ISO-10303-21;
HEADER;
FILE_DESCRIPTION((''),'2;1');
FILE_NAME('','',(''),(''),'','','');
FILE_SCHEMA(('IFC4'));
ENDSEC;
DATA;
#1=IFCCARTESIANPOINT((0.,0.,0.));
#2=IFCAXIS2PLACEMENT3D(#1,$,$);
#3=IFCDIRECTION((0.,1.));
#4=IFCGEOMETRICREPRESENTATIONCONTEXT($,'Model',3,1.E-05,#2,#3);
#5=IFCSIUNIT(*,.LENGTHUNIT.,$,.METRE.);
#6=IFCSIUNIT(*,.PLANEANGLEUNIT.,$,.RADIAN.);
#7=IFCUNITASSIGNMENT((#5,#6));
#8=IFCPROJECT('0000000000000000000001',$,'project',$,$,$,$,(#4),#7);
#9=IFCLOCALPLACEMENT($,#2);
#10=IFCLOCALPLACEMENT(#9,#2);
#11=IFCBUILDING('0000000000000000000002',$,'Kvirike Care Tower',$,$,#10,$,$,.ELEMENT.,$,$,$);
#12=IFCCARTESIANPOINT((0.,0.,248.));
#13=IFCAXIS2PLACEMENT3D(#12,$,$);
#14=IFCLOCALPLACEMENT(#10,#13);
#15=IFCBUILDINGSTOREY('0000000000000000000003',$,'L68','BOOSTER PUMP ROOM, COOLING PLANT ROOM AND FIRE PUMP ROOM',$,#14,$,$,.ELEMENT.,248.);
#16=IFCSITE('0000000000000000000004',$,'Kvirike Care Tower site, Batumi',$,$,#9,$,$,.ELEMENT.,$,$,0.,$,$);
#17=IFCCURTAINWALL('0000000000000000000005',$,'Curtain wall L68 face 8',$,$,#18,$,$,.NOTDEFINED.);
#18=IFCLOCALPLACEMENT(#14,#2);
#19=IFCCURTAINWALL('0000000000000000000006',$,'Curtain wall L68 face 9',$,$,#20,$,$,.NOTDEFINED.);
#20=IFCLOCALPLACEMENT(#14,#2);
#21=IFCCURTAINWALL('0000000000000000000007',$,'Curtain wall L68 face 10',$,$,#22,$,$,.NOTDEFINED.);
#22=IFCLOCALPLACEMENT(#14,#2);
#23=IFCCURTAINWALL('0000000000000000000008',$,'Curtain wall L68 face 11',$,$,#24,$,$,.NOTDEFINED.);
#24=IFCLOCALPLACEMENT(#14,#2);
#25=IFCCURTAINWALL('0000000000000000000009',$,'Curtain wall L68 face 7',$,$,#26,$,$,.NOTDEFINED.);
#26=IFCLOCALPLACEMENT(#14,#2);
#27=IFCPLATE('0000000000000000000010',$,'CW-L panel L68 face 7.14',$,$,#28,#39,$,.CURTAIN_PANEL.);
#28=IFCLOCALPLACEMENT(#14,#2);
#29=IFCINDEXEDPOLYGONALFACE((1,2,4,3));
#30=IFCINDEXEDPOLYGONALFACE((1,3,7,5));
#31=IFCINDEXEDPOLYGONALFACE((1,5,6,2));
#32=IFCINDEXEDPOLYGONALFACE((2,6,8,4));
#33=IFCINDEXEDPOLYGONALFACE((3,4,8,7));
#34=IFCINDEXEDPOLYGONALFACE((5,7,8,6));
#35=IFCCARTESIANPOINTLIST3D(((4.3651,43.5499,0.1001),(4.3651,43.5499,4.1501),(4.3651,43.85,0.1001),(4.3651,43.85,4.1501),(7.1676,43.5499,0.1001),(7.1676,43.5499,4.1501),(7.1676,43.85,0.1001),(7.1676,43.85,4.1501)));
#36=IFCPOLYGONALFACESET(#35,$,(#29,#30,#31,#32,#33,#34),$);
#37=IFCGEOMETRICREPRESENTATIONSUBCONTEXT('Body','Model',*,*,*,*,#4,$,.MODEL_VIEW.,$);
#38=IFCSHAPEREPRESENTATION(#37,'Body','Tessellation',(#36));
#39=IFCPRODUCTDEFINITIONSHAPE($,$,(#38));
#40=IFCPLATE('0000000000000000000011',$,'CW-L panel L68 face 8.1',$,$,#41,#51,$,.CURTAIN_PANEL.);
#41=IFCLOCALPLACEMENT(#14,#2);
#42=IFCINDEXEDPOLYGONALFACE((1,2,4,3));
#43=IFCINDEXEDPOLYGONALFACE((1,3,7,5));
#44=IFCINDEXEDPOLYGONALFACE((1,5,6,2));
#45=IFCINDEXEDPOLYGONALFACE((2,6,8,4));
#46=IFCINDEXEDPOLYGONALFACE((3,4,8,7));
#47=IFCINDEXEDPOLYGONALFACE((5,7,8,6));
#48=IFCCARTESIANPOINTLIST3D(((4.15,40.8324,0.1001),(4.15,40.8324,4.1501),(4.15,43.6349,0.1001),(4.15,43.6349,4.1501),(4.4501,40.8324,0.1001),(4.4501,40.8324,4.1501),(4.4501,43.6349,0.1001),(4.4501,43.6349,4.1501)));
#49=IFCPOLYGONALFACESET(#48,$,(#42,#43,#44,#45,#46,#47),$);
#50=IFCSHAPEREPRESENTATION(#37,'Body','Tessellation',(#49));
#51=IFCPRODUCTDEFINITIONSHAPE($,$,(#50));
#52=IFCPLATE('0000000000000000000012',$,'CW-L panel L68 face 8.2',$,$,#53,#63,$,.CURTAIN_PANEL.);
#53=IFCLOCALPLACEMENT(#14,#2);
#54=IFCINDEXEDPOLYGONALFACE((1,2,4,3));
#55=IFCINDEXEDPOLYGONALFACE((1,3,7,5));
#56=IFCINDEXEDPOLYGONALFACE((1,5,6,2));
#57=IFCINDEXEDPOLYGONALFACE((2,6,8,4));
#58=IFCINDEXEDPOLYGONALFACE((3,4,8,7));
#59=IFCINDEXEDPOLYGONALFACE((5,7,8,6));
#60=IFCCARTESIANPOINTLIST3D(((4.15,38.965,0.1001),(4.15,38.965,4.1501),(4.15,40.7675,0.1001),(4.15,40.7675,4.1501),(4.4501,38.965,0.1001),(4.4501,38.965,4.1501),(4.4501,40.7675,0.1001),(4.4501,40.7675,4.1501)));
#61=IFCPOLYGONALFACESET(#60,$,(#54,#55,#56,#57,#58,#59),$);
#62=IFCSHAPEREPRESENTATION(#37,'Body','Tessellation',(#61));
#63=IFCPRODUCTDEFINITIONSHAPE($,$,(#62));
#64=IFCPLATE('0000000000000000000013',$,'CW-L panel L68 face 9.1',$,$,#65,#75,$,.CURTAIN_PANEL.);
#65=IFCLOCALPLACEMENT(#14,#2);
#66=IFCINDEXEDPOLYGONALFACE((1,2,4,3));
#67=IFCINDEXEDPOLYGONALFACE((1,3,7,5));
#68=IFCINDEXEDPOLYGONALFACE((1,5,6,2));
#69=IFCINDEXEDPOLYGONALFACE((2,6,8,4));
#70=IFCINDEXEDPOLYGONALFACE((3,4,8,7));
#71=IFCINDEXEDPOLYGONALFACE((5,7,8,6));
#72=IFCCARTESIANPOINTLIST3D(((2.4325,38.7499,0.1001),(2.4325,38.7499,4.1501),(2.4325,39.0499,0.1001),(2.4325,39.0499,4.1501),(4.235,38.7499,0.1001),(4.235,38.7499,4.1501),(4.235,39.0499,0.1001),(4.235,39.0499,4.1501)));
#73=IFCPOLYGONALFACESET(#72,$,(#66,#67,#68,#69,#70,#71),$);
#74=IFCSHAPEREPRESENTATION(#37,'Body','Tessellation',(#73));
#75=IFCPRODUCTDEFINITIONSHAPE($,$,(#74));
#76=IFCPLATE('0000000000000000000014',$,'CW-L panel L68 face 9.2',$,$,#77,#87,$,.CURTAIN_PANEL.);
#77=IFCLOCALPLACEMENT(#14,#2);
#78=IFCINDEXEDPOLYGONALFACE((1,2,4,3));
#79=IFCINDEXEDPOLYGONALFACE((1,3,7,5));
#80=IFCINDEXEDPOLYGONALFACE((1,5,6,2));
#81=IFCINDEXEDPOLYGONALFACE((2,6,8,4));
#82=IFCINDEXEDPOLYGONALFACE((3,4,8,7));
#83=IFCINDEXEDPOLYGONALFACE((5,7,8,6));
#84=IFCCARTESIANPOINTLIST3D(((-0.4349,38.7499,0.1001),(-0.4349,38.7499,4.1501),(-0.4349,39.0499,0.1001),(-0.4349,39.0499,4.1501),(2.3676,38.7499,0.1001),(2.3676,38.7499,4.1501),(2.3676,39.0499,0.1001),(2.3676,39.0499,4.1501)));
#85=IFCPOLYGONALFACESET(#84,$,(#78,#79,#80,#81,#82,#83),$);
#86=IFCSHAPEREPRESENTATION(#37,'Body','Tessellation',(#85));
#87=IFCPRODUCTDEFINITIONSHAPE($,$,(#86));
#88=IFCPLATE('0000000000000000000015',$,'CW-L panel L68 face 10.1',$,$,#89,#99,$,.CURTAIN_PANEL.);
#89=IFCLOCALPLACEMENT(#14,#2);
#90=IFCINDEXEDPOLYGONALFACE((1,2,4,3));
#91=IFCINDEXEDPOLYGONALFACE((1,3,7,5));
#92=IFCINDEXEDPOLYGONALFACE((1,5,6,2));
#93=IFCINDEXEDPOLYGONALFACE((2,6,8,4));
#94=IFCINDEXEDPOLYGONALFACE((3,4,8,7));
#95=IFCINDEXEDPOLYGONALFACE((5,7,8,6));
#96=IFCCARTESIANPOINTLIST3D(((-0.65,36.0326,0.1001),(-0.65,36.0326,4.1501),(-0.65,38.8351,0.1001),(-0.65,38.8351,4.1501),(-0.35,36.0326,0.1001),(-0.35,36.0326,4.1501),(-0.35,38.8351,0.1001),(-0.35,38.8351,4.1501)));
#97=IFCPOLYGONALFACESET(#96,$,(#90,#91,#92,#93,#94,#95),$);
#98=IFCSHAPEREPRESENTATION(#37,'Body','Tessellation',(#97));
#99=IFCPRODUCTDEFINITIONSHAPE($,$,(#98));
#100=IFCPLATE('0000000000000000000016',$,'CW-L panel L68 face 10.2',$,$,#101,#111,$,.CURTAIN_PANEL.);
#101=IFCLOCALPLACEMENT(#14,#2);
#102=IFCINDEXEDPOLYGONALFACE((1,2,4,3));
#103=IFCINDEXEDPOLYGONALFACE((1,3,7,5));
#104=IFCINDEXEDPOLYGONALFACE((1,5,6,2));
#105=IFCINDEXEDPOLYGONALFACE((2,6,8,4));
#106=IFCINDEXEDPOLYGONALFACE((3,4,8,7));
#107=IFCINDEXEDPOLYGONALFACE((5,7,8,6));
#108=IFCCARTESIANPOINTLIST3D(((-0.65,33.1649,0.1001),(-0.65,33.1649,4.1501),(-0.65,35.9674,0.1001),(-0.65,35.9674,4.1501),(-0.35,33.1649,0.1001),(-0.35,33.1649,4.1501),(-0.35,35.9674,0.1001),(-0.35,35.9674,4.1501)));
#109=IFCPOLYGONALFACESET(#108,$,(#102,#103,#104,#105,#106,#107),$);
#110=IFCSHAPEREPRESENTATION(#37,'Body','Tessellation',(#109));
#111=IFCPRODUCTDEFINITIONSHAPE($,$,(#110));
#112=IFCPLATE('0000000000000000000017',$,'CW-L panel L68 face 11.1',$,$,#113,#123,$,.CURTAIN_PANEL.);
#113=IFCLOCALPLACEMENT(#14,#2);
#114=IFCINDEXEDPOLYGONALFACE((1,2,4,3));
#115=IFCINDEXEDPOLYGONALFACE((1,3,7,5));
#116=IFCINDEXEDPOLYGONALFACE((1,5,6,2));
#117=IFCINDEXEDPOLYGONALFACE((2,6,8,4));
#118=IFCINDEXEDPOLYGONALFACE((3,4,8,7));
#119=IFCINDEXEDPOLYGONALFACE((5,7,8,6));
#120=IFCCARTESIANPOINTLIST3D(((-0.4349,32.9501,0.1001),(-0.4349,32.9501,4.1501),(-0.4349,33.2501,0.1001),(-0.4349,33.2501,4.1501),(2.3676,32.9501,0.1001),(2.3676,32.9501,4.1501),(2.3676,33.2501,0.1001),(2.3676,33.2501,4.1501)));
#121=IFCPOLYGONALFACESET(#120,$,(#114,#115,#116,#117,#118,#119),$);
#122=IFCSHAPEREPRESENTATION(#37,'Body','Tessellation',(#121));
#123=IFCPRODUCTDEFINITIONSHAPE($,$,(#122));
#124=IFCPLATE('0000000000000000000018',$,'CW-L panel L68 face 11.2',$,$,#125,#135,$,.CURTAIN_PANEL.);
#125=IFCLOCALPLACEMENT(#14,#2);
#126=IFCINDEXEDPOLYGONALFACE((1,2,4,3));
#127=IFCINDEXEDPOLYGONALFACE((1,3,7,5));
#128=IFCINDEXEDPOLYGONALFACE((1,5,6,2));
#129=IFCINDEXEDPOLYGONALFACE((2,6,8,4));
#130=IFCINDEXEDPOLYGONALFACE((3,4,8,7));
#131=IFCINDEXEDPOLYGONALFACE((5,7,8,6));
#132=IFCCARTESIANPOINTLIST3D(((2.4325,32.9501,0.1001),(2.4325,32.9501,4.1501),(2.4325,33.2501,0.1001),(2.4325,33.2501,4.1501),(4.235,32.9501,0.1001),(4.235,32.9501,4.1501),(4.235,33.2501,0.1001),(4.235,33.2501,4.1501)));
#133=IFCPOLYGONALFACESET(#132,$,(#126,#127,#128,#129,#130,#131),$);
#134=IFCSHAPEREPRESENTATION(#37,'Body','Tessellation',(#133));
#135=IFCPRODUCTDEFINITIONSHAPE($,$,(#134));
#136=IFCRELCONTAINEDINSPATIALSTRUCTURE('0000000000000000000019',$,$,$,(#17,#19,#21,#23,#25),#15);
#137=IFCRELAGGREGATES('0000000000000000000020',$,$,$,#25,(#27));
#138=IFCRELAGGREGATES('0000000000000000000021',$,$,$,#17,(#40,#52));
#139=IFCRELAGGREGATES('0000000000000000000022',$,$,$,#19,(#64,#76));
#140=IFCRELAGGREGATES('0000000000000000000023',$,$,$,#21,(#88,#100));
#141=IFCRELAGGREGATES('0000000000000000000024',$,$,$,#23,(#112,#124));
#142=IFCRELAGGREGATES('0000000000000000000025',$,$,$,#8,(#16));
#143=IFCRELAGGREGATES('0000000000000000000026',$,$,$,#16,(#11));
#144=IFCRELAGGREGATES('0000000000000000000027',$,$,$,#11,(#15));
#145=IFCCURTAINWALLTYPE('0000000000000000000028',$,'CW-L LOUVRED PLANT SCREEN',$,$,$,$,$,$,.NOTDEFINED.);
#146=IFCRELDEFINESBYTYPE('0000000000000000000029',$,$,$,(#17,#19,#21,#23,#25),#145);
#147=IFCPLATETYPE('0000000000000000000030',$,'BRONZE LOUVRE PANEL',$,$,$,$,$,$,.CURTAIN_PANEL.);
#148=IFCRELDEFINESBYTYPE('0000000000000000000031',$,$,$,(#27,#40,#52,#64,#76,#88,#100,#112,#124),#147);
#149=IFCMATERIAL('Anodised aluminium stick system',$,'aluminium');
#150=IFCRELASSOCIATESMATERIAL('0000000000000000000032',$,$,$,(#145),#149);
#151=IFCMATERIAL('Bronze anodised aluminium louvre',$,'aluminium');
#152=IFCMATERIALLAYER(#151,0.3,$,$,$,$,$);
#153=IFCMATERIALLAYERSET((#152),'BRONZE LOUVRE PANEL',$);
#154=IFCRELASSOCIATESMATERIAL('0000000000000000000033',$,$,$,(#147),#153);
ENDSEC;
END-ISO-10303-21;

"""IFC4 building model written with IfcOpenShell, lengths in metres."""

from ifc_helpers import new_model, si_unit, direction, frame, origin, origin_2d, place, context, subcontext, project, spatial, rectangle, extrude, material, layer, layer_set, type_object, element, aggregate, save


model = new_model("IFC4")

# Units and contexts
model_context = context("Model", 3, precision=1e-05, world=origin(), true_north=direction((0.0, 1.0)))
body_context = subcontext(model_context, "Body", "Model", "MODEL_VIEW")
ifc_project = project(units=[si_unit("LENGTHUNIT", "METRE"), si_unit("PLANEANGLEUNIT", "RADIAN")], contexts=[model_context])

# Site, building, storey
site_placement = place(None, origin())
site = spatial("IfcSite", under=ifc_project, at=site_placement, Name="Kvirike Care Tower site, Batumi", CompositionType="ELEMENT", RefElevation=0.0)
building_placement = place(site_placement, origin())
building = spatial("IfcBuilding", under=site, at=building_placement, Name="Kvirike Care Tower", CompositionType="ELEMENT")
storey_placement = place(building_placement, frame((0.0, 0.0, 248.0)))
storey = spatial("IfcBuildingStorey", under=building, at=storey_placement, Name="L68", Description="BOOSTER PUMP ROOM, COOLING PLANT ROOM AND FIRE PUMP ROOM", CompositionType="ELEMENT", Elevation=248.0)

# Curtain walls
ifc_material_1 = material(Name="Anodised aluminium stick system", Category="aluminium")
curtain_wall_type = type_object("IfcCurtainWallType", Name="CW-L LOUVRED PLANT SCREEN", PredefinedType="NOTDEFINED", material=ifc_material_1)
curtain_wall_1_placement = place(storey_placement, origin())
curtain_wall_1 = element("IfcCurtainWall", 1, at=curtain_wall_1_placement, inside=storey, type_object=curtain_wall_type, Name="Curtain wall L68 face 8", PredefinedType="NOTDEFINED")
curtain_wall_2_placement = place(storey_placement, origin())
curtain_wall_2 = element("IfcCurtainWall", 2, at=curtain_wall_2_placement, inside=storey, type_object=curtain_wall_type, Name="Curtain wall L68 face 9", PredefinedType="NOTDEFINED")
curtain_wall_3_placement = place(storey_placement, origin())
curtain_wall_3 = element("IfcCurtainWall", 3, at=curtain_wall_3_placement, inside=storey, type_object=curtain_wall_type, Name="Curtain wall L68 face 10", PredefinedType="NOTDEFINED")
curtain_wall_4_placement = place(storey_placement, origin())
curtain_wall_4 = element("IfcCurtainWall", 4, at=curtain_wall_4_placement, inside=storey, type_object=curtain_wall_type, Name="Curtain wall L68 face 11", PredefinedType="NOTDEFINED")

# Curtain wall, plate
curtain_wall_5_placement = place(storey_placement, origin())
curtain_wall_5 = element("IfcCurtainWall", 5, at=curtain_wall_5_placement, inside=storey, type_object=curtain_wall_type, Name="Curtain wall L68 face 7", PredefinedType="NOTDEFINED")
ifc_material_2 = material(Name="Bronze anodised aluminium louvre", Category="aluminium")
ifc_layer = layer(ifc_material_2, 0.3)
ifc_layer_set = layer_set([ifc_layer], Name="BRONZE LOUVRE PANEL")
plate_type = type_object("IfcPlateType", Name="BRONZE LOUVRE PANEL", PredefinedType="CURTAIN_PANEL", material=ifc_layer_set)
plate_1_placement = place(storey_placement, frame((5.7664, 43.7, 0.1001), z_axis=(0.0, 0.0, 1.0), x_axis=(-1.0, 0.0, 0.0)))
plate_1 = element("IfcPlate", 6, at=plate_1_placement, type_object=plate_type, Name="CW-L panel L68 face 7.14", PredefinedType="CURTAIN_PANEL", context=body_context, shape_type="SweptSolid", body=[
    extrude(rectangle(XDim=2.8025, YDim=0.3, at=origin_2d()), origin(), (0.0, 0.0, 1.0), 4.05),
])
aggregate(curtain_wall_5, [plate_1])

# Plates
plate_2_placement = place(storey_placement, frame((4.3, 42.2336, 0.1001), z_axis=(0.0, 0.0, 1.0), x_axis=(0.0, -1.0, 0.0)))
plate_2 = element("IfcPlate", 7, at=plate_2_placement, type_object=plate_type, Name="CW-L panel L68 face 8.1", PredefinedType="CURTAIN_PANEL", context=body_context, shape_type="SweptSolid", body=[
    extrude(rectangle(XDim=2.8025, YDim=0.3, at=origin_2d()), origin(), (0.0, 0.0, 1.0), 4.05),
])
plate_3_placement = place(storey_placement, frame((4.3, 39.8662, 0.1001), z_axis=(0.0, 0.0, 1.0), x_axis=(0.0, -1.0, 0.0)))
plate_3 = element("IfcPlate", 8, at=plate_3_placement, type_object=plate_type, Name="CW-L panel L68 face 8.2", PredefinedType="CURTAIN_PANEL", context=body_context, shape_type="SweptSolid", body=[
    extrude(rectangle(XDim=1.8025, YDim=0.3, at=origin_2d()), origin(), (0.0, 0.0, 1.0), 4.05),
])
aggregate(curtain_wall_1, [plate_2, plate_3])
plate_4_placement = place(storey_placement, frame((3.3337, 38.8999, 0.1001), z_axis=(0.0, 0.0, 1.0), x_axis=(-1.0, 0.0, 0.0)))
plate_4 = element("IfcPlate", 9, at=plate_4_placement, type_object=plate_type, Name="CW-L panel L68 face 9.1", PredefinedType="CURTAIN_PANEL", context=body_context, shape_type="SweptSolid", body=[
    extrude(rectangle(XDim=1.8025, YDim=0.3, at=origin_2d()), origin(), (0.0, 0.0, 1.0), 4.05),
])
plate_5_placement = place(storey_placement, frame((0.9663, 38.8999, 0.1001), z_axis=(0.0, 0.0, 1.0), x_axis=(-1.0, 0.0, 0.0)))
plate_5 = element("IfcPlate", 10, at=plate_5_placement, type_object=plate_type, Name="CW-L panel L68 face 9.2", PredefinedType="CURTAIN_PANEL", context=body_context, shape_type="SweptSolid", body=[
    extrude(rectangle(XDim=2.8025, YDim=0.3, at=origin_2d()), origin(), (0.0, 0.0, 1.0), 4.05),
])
aggregate(curtain_wall_2, [plate_4, plate_5])
plate_6_placement = place(storey_placement, frame((-0.5, 37.4338, 0.1001), z_axis=(0.0, 0.0, 1.0), x_axis=(0.0, -1.0, 0.0)))
plate_6 = element("IfcPlate", 11, at=plate_6_placement, type_object=plate_type, Name="CW-L panel L68 face 10.1", PredefinedType="CURTAIN_PANEL", context=body_context, shape_type="SweptSolid", body=[
    extrude(rectangle(XDim=2.8025, YDim=0.3, at=origin_2d()), origin(), (0.0, 0.0, 1.0), 4.05),
])
plate_7_placement = place(storey_placement, frame((-0.5, 34.5662, 0.1001), z_axis=(0.0, 0.0, 1.0), x_axis=(0.0, -1.0, 0.0)))
plate_7 = element("IfcPlate", 12, at=plate_7_placement, type_object=plate_type, Name="CW-L panel L68 face 10.2", PredefinedType="CURTAIN_PANEL", context=body_context, shape_type="SweptSolid", body=[
    extrude(rectangle(XDim=2.8025, YDim=0.3, at=origin_2d()), origin(), (0.0, 0.0, 1.0), 4.05),
])
aggregate(curtain_wall_3, [plate_6, plate_7])
plate_8_placement = place(storey_placement, frame((0.9663, 33.1001, 0.1001), z_axis=(0.0, 0.0, 1.0), x_axis=(1.0, 0.0, 0.0)))
plate_8 = element("IfcPlate", 13, at=plate_8_placement, type_object=plate_type, Name="CW-L panel L68 face 11.1", PredefinedType="CURTAIN_PANEL", context=body_context, shape_type="SweptSolid", body=[
    extrude(rectangle(XDim=2.8025, YDim=0.3, at=origin_2d()), origin(), (0.0, 0.0, 1.0), 4.05),
])
plate_9_placement = place(storey_placement, frame((3.3337, 33.1001, 0.1001), z_axis=(0.0, 0.0, 1.0), x_axis=(1.0, 0.0, 0.0)))
plate_9 = element("IfcPlate", 14, at=plate_9_placement, type_object=plate_type, Name="CW-L panel L68 face 11.2", PredefinedType="CURTAIN_PANEL", context=body_context, shape_type="SweptSolid", body=[
    extrude(rectangle(XDim=1.8025, YDim=0.3, at=origin_2d()), origin(), (0.0, 0.0, 1.0), 4.05),
])
aggregate(curtain_wall_4, [plate_8, plate_9])

save(model, "model.ifc")
